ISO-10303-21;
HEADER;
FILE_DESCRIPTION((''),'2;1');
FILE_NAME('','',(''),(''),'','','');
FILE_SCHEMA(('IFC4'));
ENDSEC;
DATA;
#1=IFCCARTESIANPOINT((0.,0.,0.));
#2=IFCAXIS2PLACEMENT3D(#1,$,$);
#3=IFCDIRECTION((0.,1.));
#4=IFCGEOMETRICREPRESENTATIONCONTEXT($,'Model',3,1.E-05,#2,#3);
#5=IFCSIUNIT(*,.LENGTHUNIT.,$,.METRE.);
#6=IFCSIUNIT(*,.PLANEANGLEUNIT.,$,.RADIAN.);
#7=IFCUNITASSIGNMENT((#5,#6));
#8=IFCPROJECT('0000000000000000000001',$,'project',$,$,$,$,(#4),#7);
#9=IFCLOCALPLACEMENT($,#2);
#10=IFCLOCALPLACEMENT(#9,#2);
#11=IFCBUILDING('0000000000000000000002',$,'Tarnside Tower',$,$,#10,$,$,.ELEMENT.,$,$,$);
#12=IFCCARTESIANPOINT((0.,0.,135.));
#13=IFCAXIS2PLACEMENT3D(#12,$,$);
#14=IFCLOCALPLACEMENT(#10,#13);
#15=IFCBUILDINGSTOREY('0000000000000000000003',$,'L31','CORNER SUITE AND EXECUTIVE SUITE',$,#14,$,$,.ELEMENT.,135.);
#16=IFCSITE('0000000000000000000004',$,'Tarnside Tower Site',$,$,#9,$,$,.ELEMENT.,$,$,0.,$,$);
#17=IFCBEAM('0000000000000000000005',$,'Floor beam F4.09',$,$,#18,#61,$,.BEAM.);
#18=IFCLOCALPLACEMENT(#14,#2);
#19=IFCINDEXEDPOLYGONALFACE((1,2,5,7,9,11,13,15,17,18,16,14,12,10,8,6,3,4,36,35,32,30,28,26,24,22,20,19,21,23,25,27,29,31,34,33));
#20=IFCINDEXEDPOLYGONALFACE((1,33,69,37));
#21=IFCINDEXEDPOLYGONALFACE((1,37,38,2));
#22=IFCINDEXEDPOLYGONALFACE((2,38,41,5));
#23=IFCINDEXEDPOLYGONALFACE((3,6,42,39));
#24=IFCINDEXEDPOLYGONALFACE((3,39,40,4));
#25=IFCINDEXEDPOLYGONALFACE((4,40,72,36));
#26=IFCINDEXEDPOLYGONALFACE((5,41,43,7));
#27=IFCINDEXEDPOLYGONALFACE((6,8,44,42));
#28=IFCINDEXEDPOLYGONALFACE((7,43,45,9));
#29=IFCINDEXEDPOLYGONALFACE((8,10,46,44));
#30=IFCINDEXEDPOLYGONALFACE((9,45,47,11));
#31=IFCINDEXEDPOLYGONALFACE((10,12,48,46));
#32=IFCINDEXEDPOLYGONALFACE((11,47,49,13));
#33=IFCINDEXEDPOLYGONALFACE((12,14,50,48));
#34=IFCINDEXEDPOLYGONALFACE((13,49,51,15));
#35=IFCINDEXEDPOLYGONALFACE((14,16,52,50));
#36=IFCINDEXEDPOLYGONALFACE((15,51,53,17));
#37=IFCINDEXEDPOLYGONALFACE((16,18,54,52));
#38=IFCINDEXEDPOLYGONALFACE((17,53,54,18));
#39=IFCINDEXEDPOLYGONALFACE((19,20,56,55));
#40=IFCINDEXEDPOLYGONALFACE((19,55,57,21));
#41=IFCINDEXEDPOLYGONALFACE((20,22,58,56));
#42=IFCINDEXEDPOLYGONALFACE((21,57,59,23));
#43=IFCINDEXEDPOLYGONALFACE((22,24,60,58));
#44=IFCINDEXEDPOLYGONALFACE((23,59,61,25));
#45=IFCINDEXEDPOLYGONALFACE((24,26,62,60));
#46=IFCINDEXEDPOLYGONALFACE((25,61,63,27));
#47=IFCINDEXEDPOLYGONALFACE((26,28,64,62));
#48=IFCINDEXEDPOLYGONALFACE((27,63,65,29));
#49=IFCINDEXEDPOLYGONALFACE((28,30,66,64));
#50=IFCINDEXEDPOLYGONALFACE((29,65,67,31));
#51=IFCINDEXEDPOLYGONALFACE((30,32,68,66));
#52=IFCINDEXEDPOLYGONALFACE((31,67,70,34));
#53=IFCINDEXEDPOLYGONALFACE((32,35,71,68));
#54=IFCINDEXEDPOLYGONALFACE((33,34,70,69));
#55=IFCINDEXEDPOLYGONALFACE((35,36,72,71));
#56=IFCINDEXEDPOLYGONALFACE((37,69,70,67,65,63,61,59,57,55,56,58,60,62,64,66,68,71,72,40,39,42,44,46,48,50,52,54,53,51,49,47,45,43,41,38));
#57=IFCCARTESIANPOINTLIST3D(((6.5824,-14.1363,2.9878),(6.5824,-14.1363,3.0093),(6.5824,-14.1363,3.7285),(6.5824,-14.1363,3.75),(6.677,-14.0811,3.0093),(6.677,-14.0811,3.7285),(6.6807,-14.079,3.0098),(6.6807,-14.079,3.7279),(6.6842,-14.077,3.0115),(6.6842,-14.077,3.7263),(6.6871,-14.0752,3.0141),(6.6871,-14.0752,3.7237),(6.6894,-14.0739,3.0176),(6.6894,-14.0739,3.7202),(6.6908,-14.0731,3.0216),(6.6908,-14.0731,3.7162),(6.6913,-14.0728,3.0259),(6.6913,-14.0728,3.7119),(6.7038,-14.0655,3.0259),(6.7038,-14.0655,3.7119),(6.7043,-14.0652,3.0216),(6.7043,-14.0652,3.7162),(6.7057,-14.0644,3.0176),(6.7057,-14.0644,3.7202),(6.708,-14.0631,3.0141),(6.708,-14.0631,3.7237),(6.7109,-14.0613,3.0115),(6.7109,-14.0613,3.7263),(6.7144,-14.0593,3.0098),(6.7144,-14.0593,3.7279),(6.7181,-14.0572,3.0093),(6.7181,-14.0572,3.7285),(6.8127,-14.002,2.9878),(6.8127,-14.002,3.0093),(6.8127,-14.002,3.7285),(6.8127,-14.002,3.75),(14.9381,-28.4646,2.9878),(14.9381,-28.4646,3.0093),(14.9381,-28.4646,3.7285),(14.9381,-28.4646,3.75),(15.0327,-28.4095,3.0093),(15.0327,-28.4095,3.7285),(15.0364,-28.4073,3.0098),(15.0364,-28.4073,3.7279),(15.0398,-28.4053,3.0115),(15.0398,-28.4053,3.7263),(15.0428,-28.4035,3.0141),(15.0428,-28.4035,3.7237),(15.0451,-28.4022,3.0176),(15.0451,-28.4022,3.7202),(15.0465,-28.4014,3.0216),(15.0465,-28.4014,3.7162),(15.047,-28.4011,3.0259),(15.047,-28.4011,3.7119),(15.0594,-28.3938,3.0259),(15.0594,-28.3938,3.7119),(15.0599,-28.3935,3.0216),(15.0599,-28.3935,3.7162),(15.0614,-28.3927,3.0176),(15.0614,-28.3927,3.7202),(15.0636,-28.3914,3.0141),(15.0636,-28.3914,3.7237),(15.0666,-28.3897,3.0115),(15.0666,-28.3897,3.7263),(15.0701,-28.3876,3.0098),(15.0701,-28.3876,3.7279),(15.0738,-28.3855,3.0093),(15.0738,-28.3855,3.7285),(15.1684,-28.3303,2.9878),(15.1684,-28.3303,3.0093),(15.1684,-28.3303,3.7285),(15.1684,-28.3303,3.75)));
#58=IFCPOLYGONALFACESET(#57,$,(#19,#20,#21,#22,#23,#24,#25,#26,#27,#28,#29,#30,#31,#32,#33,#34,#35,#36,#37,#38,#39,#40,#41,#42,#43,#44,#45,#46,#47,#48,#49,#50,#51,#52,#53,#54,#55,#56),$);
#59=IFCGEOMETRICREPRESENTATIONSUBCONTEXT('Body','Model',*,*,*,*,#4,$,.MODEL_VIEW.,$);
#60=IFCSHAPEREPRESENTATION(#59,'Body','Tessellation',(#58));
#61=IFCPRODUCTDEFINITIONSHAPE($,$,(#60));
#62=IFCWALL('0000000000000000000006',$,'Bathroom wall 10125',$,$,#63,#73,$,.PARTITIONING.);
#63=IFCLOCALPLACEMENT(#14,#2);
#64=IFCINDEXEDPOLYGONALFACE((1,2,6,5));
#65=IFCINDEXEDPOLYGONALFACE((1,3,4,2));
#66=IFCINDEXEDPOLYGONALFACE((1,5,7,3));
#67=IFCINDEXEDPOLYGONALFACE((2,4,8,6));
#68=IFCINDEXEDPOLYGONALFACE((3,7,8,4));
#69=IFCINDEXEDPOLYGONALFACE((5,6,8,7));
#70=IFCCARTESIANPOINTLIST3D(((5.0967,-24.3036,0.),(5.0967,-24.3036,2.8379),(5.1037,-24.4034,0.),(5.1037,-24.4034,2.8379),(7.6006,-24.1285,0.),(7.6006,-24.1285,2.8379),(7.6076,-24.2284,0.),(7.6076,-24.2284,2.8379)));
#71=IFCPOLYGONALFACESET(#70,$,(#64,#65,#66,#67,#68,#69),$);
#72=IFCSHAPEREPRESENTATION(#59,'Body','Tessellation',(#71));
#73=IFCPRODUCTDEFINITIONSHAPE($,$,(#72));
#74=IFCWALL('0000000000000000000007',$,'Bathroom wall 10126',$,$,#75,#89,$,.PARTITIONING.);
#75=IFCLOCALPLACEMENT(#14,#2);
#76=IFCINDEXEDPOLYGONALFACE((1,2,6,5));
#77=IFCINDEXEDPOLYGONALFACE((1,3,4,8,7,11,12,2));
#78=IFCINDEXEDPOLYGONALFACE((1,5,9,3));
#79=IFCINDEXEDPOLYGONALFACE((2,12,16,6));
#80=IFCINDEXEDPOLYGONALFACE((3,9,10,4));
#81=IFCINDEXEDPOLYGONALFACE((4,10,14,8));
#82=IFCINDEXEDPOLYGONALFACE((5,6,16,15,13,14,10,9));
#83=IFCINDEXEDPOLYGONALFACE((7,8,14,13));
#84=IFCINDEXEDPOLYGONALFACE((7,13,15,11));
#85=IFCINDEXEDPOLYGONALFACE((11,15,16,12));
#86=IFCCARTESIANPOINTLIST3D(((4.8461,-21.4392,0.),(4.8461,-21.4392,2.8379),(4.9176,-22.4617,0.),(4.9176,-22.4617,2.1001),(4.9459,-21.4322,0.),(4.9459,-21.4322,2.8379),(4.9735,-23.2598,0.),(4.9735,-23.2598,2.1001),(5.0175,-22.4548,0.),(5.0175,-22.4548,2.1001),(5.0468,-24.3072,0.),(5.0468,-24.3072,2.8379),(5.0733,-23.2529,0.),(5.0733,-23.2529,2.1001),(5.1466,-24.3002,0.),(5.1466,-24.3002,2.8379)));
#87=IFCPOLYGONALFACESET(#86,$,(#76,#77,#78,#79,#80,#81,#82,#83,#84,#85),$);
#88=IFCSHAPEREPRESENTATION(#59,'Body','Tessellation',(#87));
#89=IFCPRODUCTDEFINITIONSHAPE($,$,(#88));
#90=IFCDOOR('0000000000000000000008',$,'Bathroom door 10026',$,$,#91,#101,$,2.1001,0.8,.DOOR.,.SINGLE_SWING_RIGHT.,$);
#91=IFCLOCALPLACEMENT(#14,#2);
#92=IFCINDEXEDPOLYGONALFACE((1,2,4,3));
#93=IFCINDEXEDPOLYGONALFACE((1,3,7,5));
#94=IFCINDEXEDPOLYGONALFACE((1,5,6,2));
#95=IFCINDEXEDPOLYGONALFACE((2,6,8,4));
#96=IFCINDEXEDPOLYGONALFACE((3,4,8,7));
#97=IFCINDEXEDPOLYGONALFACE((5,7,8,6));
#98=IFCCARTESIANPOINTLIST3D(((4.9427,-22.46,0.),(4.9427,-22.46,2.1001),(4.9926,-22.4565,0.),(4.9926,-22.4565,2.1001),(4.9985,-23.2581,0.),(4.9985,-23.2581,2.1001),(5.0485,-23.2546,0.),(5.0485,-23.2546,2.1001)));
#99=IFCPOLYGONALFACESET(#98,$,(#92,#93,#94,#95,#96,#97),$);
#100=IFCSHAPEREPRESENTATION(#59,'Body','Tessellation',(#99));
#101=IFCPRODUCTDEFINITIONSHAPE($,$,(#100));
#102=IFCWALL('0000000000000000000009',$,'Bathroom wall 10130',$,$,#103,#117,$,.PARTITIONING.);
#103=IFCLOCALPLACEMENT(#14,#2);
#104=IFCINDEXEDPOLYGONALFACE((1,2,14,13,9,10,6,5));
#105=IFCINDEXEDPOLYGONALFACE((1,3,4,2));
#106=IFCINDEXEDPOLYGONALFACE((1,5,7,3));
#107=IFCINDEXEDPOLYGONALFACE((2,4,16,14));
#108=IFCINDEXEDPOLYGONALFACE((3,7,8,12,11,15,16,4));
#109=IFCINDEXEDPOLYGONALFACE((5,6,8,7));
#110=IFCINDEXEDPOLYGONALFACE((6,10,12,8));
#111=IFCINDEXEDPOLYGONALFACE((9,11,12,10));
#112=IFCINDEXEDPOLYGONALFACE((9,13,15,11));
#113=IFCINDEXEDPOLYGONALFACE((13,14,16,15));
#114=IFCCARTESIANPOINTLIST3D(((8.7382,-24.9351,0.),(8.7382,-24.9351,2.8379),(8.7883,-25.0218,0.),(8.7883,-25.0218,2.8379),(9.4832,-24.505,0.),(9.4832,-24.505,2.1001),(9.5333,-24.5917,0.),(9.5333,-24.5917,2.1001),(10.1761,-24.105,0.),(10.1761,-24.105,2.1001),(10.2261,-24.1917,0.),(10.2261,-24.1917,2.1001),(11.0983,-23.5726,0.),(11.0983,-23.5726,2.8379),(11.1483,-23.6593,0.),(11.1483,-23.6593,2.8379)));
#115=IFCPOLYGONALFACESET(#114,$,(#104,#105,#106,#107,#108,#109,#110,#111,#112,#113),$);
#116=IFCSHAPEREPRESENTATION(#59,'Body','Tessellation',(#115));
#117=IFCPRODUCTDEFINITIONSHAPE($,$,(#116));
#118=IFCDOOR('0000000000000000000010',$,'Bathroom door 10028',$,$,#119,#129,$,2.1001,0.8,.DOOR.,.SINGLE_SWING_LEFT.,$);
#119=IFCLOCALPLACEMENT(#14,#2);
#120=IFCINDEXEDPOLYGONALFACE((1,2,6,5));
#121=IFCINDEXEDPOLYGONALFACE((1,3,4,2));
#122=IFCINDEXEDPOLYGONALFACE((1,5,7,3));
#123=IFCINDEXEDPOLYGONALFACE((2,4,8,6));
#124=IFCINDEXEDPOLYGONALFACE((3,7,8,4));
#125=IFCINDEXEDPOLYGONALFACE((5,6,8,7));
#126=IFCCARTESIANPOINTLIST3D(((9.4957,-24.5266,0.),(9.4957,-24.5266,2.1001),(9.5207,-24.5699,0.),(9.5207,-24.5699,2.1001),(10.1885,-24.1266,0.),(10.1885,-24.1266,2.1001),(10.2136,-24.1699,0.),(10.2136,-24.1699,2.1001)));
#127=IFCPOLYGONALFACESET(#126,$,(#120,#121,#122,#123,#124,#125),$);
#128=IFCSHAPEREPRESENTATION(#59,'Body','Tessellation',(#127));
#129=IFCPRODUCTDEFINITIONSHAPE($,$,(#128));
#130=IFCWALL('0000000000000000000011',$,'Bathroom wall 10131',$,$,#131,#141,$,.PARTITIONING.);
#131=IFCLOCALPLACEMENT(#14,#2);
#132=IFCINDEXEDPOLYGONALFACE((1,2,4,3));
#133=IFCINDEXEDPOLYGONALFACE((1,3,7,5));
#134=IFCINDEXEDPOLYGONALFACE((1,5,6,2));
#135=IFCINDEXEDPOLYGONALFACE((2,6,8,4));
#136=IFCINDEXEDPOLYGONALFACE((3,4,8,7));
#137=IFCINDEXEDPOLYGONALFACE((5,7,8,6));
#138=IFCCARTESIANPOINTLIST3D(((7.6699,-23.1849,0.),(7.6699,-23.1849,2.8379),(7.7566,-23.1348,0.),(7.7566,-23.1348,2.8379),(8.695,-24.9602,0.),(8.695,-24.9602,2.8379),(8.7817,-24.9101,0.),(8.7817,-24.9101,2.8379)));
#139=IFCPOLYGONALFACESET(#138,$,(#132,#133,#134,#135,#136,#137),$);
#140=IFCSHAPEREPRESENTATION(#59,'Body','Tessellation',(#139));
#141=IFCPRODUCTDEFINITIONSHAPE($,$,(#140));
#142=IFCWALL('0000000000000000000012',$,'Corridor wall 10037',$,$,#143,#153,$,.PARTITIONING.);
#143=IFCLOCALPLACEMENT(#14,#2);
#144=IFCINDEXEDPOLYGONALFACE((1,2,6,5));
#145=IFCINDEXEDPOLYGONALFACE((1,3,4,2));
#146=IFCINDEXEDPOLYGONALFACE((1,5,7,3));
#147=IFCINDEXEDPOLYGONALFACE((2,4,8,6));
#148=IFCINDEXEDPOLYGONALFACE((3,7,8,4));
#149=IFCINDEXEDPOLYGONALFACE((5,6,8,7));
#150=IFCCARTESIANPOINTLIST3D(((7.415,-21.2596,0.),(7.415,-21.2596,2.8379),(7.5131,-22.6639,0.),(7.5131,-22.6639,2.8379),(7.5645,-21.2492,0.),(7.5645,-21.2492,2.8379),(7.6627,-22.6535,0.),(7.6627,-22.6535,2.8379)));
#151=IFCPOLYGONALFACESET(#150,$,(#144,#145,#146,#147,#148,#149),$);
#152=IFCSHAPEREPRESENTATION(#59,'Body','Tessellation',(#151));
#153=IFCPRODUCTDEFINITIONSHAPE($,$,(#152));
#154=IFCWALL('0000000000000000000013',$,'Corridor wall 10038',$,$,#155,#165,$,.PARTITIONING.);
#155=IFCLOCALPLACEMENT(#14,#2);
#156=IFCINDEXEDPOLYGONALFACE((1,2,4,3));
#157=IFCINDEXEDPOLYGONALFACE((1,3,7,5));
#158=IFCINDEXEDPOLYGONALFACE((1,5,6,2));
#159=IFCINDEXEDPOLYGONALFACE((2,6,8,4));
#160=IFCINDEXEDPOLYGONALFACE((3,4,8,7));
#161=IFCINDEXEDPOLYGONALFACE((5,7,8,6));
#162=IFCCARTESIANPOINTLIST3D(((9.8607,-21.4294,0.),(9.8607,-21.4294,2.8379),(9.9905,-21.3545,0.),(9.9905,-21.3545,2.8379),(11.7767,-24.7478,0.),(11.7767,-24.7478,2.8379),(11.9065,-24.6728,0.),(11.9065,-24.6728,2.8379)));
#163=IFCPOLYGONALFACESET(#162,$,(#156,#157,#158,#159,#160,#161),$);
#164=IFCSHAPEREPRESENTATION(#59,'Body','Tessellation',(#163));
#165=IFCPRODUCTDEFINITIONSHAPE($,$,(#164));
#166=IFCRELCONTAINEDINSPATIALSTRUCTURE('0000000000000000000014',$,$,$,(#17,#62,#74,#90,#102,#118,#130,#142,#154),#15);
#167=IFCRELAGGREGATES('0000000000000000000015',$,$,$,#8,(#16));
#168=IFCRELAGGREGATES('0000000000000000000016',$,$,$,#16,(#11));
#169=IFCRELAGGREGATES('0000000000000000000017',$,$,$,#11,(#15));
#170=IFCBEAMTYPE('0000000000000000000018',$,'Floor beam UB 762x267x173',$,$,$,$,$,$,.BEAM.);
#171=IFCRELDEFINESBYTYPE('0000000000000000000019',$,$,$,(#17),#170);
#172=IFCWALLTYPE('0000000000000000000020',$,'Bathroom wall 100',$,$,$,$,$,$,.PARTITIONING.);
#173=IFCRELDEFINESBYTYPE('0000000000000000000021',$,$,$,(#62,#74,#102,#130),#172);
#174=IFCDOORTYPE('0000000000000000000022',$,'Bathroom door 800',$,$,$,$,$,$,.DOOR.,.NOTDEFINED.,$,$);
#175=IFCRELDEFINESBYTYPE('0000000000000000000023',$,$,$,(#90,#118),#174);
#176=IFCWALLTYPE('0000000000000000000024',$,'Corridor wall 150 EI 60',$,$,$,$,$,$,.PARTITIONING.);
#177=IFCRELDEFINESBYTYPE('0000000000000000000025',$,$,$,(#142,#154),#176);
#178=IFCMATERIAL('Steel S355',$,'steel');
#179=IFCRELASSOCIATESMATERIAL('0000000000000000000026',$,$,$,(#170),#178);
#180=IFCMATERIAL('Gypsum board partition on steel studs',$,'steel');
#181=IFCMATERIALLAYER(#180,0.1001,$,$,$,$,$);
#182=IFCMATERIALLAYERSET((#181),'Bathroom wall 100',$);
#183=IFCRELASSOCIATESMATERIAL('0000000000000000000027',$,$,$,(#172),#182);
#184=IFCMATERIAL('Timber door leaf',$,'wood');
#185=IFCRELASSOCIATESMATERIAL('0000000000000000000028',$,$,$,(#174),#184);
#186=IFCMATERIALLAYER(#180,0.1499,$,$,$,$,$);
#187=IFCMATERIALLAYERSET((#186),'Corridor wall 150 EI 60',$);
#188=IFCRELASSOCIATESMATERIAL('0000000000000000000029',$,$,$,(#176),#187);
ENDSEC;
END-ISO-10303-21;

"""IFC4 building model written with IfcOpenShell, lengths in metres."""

from ifc_helpers import new_model, si_unit, direction, frame, frame_2d, origin, origin_2d, place, context, subcontext, project, spatial, rectangle, i_section, extrude, material, layer, layer_set, material_profile, profile_set, type_object, element, fill, save


model = new_model("IFC4")

# Units and contexts
model_context = context("Model", 3, precision=1e-05, world=origin(), true_north=direction((0.0, 1.0)))
body_context = subcontext(model_context, "Body", "Model", "MODEL_VIEW")
ifc_project = project(units=[si_unit("LENGTHUNIT", "METRE"), si_unit("PLANEANGLEUNIT", "RADIAN")], contexts=[model_context])

# Site, building, storey
site_placement = place(None, origin())
site = spatial("IfcSite", under=ifc_project, at=site_placement, Name="Tarnside Tower Site", CompositionType="ELEMENT", RefElevation=0.0)
building_placement = place(site_placement, origin())
building = spatial("IfcBuilding", under=site, at=building_placement, Name="Tarnside Tower", CompositionType="ELEMENT")
storey_placement = place(building_placement, frame((0.0, 0.0, 135.0)))
storey = spatial("IfcBuildingStorey", under=building, at=storey_placement, Name="L31", Description="CORNER SUITE AND EXECUTIVE SUITE", CompositionType="ELEMENT", Elevation=135.0)

# Beam
ifc_material_1 = material(Name="Steel S355", Category="steel")
ifc_material_profile_1 = material_profile(ifc_material_1, i_section(OverallWidth=0.2666, OverallDepth=0.7622, WebThickness=0.0144, FlangeThickness=0.0215, FilletRadius=0.0166, at=origin_2d()), Name="UB 762x267x173")
ifc_profile_set_1 = profile_set([ifc_material_profile_1], Name="Steel S355")
beam_type_1 = type_object("IfcBeamType", Name="Floor beam UB 762x267x173", PredefinedType="BEAM", material=ifc_profile_set_1)
beam_1_placement = place(storey_placement, frame((15.0532, -28.3975, 3.3689), z_axis=(-0.503758, 0.863845, 0.0), x_axis=(-0.863845, -0.503758, 0.0)))
element("IfcBeam", 1, at=beam_1_placement, inside=storey, type_object=beam_type_1, Name="Floor beam F4.09", PredefinedType="BEAM", context=body_context, shape_type="SweptSolid", body=[
    extrude(i_section(OverallWidth=0.2666, OverallDepth=0.7622, WebThickness=0.0144, FlangeThickness=0.0215, FilletRadius=0.0166, at=origin_2d()), origin(), (0.0, 0.0, 1.0), 16.5867),
])

# Wall
ifc_material_2 = material(Name="Gypsum board partition on steel studs", Category="steel")
ifc_layer_1 = layer(ifc_material_2, 0.1001)
ifc_layer_set_1 = layer_set([ifc_layer_1], Name="Bathroom wall 100")
wall_type_1 = type_object("IfcWallType", Name="Bathroom wall 100", PredefinedType="PARTITIONING", material=ifc_layer_set_1)
wall_1_placement = place(storey_placement, frame((7.604, -24.1785, 0.0), z_axis=(0.0, 0.0, 1.0), x_axis=(-0.997565, -0.06974, 0.0)))
element("IfcWall", 2, at=wall_1_placement, inside=storey, type_object=wall_type_1, Name="Bathroom wall 10125", PredefinedType="PARTITIONING", context=body_context, shape_type="SweptSolid", body=[
    extrude(rectangle(XDim=2.51, YDim=0.1001, at=frame_2d((1.2549, 0.0))), origin(), (0.0, 0.0, 1.0), 2.8379),
])

# Walls, openings, doors
wall_2_placement = place(storey_placement, frame((5.0967, -24.3037, 0.0), z_axis=(0.0, 0.0, 1.0), x_axis=(-0.069805, 0.997561, 0.0)))
wall_2 = element("IfcWall", 3, at=wall_2_placement, inside=storey, type_object=wall_type_1, Name="Bathroom wall 10126", PredefinedType="PARTITIONING", context=body_context, shape_type="SweptSolid", body=[
    extrude(rectangle(XDim=2.875, YDim=0.1001, at=frame_2d((1.4375, 0.0))), origin(), (0.0, 0.0, 1.0), 2.8379),
])
opening_1_placement = place(wall_2_placement, frame((1.05, 0.0, 0.0)))
opening_1 = element("IfcOpeningElement", 4, at=opening_1_placement, cuts=wall_2, PredefinedType="OPENING", context=body_context, shape_type="SweptSolid", body=[
    extrude(rectangle(XDim=0.8, YDim=2.1001, at=frame_2d((0.3999, 1.05))), frame((0.0, 0.0601, 0.0), z_axis=(0.0, -1.0, 0.0), x_axis=(1.0, 0.0, 0.0)), (0.0, 0.0, 1.0), 0.1201),
])
ifc_material_3 = material(Name="Timber door leaf", Category="wood")
door_type_1 = type_object("IfcDoorType", Name="Bathroom door 800", OperationType="NOTDEFINED", PredefinedType="DOOR", material=ifc_material_3)
door_1_placement = place(opening_1_placement, origin())
door_1 = element("IfcDoor", 5, at=door_1_placement, inside=storey, type_object=door_type_1, Name="Bathroom door 10026", OperationType="SINGLE_SWING_RIGHT", OverallHeight=2.1001, OverallWidth=0.8, PredefinedType="DOOR", context=body_context, shape_type="SweptSolid", body=[
    extrude(rectangle(XDim=0.8, YDim=2.1001, at=frame_2d((0.3999, 1.05))), frame((0.0, 0.0249, 0.0), z_axis=(0.0, -1.0, 0.0), x_axis=(1.0, 0.0, 0.0)), (0.0, 0.0, 1.0), 0.05),
])
fill(opening_1, door_1)
wall_3_placement = place(storey_placement, frame((11.1233, -23.616, 0.0), z_axis=(0.0, 0.0, 1.0), x_axis=(-0.866035, -0.499984, 0.0)))
wall_3 = element("IfcWall", 6, at=wall_3_placement, inside=storey, type_object=wall_type_1, Name="Bathroom wall 10130", PredefinedType="PARTITIONING", context=body_context, shape_type="SweptSolid", body=[
    extrude(rectangle(XDim=2.7251, YDim=0.1001, at=frame_2d((1.3625, 0.0))), origin(), (0.0, 0.0, 1.0), 2.8379),
])
opening_2_placement = place(wall_3_placement, frame((1.0649, 0.0, 0.0)))
opening_2 = element("IfcOpeningElement", 7, at=opening_2_placement, cuts=wall_3, PredefinedType="OPENING", context=body_context, shape_type="SweptSolid", body=[
    extrude(rectangle(XDim=0.8, YDim=2.1001, at=frame_2d((0.3999, 1.05))), frame((0.0, 0.0601, 0.0), z_axis=(0.0, -1.0, 0.0), x_axis=(1.0, 0.0, 0.0)), (0.0, 0.0, 1.0), 0.1201),
])
door_2_placement = place(opening_2_placement, origin())
door_2 = element("IfcDoor", 8, at=door_2_placement, inside=storey, type_object=door_type_1, Name="Bathroom door 10028", OperationType="SINGLE_SWING_LEFT", OverallHeight=2.1001, OverallWidth=0.8, PredefinedType="DOOR", context=body_context, shape_type="SweptSolid", body=[
    extrude(rectangle(XDim=0.8, YDim=2.1001, at=frame_2d((0.3999, 1.05))), frame((0.0, 0.0249, 0.0), z_axis=(0.0, -1.0, 0.0), x_axis=(1.0, 0.0, 0.0)), (0.0, 0.0, 1.0), 0.05),
])
fill(opening_2, door_2)

# Walls
wall_4_placement = place(storey_placement, frame((8.7383, -24.9351, 0.0), z_axis=(0.0, 0.0, 1.0), x_axis=(-0.500045, 0.865999, 0.0)))
element("IfcWall", 9, at=wall_4_placement, inside=storey, type_object=wall_type_1, Name="Bathroom wall 10131", PredefinedType="PARTITIONING", context=body_context, shape_type="SweptSolid", body=[
    extrude(rectangle(XDim=2.05, YDim=0.1001, at=frame_2d((1.0249, 0.0))), origin(), (0.0, 0.0, 1.0), 2.8379),
])
ifc_layer_2 = layer(ifc_material_2, 0.1499)
ifc_layer_set_2 = layer_set([ifc_layer_2], Name="Corridor wall 150 EI 60")
wall_type_2 = type_object("IfcWallType", Name="Corridor wall 150 EI 60", PredefinedType="PARTITIONING", material=ifc_layer_set_2)
wall_5_placement = place(storey_placement, frame((7.4897, -21.2544, 0.0), z_axis=(0.0, 0.0, 1.0), x_axis=(0.069719, -0.997567, 0.0)))
element("IfcWall", 10, at=wall_5_placement, inside=storey, type_object=wall_type_2, Name="Corridor wall 10037", PredefinedType="PARTITIONING", context=body_context, shape_type="SweptSolid", body=[
    extrude(rectangle(XDim=1.4077, YDim=0.1499, at=frame_2d((0.7039, 0.0))), origin(), (0.0, 0.0, 1.0), 2.8379),
])
wall_6_placement = place(storey_placement, frame((9.9255, -21.3918, 0.0), z_axis=(0.0, 0.0, 1.0), x_axis=(0.500031, -0.866007, 0.0)))
element("IfcWall", 11, at=wall_6_placement, inside=storey, type_object=wall_type_2, Name="Corridor wall 10038", PredefinedType="PARTITIONING", context=body_context, shape_type="SweptSolid", body=[
    extrude(rectangle(XDim=3.8318, YDim=0.1499, at=frame_2d((1.916, 0.0))), origin(), (0.0, 0.0, 1.0), 2.8379),
])

save(model, "model.ifc")
